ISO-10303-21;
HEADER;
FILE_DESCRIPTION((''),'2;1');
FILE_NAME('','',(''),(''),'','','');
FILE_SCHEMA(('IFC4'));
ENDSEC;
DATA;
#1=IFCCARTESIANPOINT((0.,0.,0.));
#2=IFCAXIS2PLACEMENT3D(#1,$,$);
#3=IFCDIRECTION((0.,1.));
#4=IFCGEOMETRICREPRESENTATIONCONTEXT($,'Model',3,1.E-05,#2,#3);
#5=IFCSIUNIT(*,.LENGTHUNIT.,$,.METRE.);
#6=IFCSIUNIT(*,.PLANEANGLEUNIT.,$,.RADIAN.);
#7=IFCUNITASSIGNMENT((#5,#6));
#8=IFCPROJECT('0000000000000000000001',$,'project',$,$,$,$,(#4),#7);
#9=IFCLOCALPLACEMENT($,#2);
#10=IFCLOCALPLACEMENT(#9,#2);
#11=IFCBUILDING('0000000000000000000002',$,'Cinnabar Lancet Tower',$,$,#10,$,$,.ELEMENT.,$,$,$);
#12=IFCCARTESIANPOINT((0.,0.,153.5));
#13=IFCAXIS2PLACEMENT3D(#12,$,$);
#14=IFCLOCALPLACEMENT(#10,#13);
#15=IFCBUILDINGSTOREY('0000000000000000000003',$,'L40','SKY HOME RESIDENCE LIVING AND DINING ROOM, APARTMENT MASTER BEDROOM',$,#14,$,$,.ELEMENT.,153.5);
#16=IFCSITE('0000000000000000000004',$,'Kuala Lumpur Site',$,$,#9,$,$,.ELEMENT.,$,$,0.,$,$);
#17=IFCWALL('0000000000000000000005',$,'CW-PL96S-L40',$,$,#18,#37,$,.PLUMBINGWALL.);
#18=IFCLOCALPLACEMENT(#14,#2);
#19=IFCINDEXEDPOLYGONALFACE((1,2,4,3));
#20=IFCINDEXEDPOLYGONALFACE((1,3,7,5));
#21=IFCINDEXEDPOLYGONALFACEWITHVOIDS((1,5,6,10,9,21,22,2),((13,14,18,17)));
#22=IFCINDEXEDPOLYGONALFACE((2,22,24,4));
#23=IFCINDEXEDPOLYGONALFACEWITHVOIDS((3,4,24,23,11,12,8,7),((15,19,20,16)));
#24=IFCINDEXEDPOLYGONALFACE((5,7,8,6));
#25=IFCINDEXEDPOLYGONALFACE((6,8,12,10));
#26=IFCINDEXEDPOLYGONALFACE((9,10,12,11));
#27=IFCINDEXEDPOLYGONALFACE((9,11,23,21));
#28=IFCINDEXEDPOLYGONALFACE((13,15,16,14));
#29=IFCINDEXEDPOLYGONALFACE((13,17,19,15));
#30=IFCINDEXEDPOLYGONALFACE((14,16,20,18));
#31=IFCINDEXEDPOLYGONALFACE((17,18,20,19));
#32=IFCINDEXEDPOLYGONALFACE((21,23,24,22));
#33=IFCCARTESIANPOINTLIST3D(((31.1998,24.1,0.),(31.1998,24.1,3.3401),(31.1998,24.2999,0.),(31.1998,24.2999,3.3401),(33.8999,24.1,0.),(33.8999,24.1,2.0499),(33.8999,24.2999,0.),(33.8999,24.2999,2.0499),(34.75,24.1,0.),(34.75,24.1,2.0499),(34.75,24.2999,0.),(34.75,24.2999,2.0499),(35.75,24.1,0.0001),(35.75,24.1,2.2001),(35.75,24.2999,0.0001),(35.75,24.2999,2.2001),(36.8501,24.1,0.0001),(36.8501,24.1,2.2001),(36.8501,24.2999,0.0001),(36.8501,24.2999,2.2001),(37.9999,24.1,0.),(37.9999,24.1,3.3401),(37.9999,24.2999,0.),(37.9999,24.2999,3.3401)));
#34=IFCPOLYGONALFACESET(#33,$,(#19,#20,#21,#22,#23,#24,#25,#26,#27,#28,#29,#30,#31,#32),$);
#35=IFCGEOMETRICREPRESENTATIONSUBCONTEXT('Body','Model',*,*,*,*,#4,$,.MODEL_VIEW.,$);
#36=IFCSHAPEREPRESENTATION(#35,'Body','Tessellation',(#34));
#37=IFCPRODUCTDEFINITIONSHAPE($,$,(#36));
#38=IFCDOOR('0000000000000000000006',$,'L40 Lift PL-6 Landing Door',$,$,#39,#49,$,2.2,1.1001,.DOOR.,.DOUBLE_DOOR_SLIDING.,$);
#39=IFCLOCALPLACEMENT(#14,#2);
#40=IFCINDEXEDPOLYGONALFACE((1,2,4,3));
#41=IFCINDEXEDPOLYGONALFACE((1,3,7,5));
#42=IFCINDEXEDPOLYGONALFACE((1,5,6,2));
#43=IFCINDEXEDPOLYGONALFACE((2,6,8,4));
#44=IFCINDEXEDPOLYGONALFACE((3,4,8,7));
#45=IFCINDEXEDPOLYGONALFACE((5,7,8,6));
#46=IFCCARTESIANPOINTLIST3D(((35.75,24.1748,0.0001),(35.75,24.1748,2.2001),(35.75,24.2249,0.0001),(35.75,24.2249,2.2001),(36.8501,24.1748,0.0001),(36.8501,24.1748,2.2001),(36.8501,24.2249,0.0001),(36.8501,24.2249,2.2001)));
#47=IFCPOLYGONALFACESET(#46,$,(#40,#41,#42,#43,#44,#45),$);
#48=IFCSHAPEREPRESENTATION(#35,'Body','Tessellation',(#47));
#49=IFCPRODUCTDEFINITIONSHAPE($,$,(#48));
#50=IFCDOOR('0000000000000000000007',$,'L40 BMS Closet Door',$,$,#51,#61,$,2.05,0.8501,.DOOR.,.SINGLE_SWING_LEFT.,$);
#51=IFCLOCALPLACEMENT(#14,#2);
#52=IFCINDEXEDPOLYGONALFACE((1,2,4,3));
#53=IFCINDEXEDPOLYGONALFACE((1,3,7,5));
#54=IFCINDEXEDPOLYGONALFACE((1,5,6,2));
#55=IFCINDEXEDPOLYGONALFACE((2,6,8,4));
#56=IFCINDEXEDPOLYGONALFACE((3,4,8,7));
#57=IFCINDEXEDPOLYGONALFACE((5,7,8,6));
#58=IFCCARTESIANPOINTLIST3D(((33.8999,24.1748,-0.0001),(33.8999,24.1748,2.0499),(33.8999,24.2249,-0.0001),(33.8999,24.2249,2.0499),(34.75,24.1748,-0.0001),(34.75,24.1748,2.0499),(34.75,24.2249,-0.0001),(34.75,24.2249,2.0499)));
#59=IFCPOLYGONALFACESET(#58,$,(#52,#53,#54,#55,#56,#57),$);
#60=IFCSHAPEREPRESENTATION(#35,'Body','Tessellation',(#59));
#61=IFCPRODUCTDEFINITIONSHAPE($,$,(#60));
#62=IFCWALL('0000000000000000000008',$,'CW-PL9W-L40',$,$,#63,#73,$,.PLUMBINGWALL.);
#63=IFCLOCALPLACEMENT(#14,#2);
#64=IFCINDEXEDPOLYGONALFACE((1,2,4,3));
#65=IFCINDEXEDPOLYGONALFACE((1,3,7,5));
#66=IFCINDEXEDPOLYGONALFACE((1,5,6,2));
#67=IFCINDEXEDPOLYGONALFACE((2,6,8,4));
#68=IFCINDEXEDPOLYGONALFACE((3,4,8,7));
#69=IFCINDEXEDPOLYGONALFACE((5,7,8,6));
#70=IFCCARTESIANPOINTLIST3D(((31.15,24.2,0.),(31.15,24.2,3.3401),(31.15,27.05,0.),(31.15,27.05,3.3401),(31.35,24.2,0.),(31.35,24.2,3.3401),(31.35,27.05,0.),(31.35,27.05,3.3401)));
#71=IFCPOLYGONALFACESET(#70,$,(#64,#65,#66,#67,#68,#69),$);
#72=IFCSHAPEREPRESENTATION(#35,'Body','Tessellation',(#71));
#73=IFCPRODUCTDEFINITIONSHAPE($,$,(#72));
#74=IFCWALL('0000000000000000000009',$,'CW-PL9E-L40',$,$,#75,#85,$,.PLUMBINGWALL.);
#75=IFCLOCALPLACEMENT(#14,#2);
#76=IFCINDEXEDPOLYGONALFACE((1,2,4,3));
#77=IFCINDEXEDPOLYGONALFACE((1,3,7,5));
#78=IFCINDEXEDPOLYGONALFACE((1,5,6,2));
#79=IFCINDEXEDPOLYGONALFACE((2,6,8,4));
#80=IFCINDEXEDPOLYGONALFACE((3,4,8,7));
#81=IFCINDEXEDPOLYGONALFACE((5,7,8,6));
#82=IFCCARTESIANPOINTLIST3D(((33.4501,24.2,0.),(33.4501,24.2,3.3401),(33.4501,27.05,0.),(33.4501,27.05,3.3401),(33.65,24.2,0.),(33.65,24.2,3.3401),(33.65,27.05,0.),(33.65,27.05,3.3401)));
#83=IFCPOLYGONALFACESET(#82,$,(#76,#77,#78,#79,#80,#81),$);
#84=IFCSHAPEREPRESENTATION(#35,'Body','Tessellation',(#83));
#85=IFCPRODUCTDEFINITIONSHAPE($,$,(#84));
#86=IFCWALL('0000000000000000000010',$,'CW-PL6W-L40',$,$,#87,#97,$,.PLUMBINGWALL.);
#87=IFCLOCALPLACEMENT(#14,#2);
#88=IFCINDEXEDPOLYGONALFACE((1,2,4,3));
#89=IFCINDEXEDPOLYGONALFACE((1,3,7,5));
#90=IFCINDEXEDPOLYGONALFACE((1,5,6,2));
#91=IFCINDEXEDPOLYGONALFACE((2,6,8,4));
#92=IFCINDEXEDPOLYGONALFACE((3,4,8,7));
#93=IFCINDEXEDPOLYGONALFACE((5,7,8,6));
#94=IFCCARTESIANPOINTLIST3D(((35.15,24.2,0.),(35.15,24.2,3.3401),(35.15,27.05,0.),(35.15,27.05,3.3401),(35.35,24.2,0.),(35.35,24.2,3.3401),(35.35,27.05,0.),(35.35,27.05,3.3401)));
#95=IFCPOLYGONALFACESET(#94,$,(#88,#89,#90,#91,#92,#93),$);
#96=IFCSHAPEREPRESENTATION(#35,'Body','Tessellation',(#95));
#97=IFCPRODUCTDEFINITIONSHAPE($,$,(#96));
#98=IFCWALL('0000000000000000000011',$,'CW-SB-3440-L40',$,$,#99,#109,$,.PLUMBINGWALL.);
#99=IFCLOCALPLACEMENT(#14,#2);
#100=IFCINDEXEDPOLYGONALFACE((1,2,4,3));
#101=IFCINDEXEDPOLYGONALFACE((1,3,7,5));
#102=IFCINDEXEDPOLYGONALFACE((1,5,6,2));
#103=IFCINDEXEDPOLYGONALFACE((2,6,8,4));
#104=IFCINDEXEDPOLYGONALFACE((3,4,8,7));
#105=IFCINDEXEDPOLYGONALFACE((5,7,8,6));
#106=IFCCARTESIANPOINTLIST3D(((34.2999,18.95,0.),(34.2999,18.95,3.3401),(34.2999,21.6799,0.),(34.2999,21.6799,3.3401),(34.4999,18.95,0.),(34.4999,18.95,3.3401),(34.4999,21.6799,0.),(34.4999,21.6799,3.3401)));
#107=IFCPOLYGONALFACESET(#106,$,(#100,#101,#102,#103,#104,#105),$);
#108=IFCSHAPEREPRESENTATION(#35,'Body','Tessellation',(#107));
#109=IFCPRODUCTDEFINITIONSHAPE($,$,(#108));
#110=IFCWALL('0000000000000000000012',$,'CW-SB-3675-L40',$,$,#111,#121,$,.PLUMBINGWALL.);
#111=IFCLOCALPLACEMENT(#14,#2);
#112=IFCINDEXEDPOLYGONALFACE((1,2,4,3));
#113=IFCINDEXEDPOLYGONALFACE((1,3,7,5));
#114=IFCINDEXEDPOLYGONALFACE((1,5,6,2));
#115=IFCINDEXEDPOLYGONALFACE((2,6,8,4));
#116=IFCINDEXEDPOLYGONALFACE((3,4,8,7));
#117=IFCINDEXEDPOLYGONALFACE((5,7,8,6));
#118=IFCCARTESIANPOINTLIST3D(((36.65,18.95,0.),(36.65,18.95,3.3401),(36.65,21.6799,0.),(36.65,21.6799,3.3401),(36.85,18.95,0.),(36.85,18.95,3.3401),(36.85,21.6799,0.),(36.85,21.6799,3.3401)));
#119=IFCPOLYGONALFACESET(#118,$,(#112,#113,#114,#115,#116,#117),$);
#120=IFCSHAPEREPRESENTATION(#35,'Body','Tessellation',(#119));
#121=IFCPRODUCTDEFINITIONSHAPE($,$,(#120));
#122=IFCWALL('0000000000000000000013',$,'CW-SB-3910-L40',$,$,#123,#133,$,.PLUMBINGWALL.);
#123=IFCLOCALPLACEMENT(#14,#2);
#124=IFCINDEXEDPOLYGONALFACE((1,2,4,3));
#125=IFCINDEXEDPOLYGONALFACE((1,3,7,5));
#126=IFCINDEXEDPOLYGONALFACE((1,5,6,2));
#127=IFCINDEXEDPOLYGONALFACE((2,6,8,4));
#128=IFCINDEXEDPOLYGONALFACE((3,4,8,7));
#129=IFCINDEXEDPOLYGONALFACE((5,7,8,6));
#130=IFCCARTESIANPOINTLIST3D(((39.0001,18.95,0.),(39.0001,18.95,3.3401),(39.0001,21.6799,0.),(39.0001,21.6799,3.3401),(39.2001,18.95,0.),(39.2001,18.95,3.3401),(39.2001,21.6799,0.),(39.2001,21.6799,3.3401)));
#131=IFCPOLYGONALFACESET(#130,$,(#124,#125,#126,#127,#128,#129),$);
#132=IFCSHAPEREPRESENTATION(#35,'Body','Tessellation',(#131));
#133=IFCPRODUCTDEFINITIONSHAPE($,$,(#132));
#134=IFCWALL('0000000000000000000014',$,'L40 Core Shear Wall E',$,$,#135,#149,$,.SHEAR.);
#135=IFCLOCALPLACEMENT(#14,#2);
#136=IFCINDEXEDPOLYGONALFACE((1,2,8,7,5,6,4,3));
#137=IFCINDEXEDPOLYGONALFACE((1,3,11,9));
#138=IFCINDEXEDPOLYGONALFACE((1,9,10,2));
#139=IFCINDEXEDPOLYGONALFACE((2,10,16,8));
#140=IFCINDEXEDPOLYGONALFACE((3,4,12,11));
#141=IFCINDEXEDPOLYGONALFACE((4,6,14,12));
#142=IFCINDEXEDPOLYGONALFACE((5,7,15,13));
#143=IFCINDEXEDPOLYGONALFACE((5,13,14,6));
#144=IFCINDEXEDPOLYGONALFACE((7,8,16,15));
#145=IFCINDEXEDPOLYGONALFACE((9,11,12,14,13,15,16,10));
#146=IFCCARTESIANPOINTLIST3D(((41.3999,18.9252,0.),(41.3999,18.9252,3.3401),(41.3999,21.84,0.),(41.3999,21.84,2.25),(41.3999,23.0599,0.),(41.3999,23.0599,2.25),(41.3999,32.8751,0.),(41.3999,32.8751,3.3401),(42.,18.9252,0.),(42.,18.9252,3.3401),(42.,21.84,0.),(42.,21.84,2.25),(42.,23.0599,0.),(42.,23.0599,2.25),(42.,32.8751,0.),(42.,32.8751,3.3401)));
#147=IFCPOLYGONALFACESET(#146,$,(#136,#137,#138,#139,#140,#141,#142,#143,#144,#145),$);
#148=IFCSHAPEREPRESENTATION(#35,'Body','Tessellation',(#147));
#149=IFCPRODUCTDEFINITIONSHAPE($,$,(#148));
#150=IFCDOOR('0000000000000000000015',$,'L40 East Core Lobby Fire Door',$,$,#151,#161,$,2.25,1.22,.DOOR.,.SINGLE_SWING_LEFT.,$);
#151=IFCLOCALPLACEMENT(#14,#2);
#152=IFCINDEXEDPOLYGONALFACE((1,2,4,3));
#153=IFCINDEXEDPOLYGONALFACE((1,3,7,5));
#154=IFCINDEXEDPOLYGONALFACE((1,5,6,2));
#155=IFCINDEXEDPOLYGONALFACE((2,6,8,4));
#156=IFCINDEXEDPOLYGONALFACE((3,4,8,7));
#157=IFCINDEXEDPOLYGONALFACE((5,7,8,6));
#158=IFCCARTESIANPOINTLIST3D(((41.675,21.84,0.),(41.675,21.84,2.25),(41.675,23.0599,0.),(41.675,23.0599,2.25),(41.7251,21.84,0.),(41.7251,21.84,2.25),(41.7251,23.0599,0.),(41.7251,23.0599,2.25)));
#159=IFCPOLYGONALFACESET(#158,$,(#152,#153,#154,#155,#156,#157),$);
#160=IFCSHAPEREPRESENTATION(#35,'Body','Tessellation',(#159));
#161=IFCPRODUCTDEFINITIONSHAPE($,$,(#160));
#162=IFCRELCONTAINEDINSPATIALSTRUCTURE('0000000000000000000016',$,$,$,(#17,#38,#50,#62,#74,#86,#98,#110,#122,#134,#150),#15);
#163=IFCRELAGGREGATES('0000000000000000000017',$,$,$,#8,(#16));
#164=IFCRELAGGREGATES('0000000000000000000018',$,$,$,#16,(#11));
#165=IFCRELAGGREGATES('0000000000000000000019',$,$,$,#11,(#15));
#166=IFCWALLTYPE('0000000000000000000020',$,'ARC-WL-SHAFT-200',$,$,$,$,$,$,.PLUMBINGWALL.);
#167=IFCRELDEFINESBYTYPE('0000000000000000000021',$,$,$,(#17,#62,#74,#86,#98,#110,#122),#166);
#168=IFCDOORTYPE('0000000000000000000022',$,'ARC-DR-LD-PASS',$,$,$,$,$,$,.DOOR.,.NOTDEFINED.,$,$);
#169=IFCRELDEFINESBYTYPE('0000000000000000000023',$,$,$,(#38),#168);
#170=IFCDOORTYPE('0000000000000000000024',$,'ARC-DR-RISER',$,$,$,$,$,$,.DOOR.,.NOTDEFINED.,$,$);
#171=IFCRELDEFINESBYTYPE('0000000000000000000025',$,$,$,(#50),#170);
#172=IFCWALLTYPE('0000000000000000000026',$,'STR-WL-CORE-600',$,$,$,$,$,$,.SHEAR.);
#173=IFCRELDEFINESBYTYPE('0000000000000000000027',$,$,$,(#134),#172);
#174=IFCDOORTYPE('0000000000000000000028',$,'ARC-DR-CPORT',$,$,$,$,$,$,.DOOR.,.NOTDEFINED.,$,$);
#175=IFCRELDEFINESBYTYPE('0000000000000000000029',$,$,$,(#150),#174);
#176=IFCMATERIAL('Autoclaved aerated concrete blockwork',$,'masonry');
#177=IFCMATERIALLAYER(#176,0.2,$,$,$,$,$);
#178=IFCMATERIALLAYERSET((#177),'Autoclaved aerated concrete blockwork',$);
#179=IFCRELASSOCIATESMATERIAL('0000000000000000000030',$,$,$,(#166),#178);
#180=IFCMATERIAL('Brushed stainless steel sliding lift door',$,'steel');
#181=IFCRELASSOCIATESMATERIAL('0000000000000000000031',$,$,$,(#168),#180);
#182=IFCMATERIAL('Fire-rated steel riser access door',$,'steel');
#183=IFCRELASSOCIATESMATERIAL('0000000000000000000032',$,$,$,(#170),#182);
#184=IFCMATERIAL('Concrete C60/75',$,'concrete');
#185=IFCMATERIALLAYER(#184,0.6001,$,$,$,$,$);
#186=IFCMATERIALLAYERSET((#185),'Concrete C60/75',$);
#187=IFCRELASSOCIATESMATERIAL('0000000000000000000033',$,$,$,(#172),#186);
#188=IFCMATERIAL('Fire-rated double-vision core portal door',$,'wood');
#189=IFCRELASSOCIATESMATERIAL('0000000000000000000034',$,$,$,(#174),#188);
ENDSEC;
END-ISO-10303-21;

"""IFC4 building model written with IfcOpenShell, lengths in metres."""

from ifc_helpers import new_model, si_unit, direction, frame, frame_2d, origin, place, context, subcontext, project, spatial, rectangle, extrude, material, layer, layer_set, type_object, element, fill, save


model = new_model("IFC4")

# Units and contexts
model_context = context("Model", 3, precision=1e-05, world=origin(), true_north=direction((0.0, 1.0)))
body_context = subcontext(model_context, "Body", "Model", "MODEL_VIEW")
ifc_project = project(units=[si_unit("LENGTHUNIT", "METRE"), si_unit("PLANEANGLEUNIT", "RADIAN")], contexts=[model_context])

# Site, building, storey
site_placement = place(None, origin())
site = spatial("IfcSite", under=ifc_project, at=site_placement, Name="Kuala Lumpur Site", CompositionType="ELEMENT", RefElevation=0.0)
building_placement = place(site_placement, origin())
building = spatial("IfcBuilding", under=site, at=building_placement, Name="Cinnabar Lancet Tower", CompositionType="ELEMENT")
storey_placement = place(building_placement, frame((0.0, 0.0, 153.5)))
storey = spatial("IfcBuildingStorey", under=building, at=storey_placement, Name="L40", Description="SKY HOME RESIDENCE LIVING AND DINING ROOM, APARTMENT MASTER BEDROOM", CompositionType="ELEMENT", Elevation=153.5)

# Shared definitions
ifc_material_1 = material(Name="Autoclaved aerated concrete blockwork", Category="masonry")
ifc_layer_1 = layer(ifc_material_1, 0.2)
ifc_layer_set_1 = layer_set([ifc_layer_1], Name="Autoclaved aerated concrete blockwork")
wall_type_1 = type_object("IfcWallType", Name="ARC-WL-SHAFT-200", PredefinedType="PLUMBINGWALL", material=ifc_layer_set_1)

# Wall, openings, doors
wall_1_placement = place(storey_placement, frame((31.2, 24.2, 0.0), z_axis=(0.0, 0.0, 1.0), x_axis=(1.0, 0.0, 0.0)))
wall_1 = element("IfcWall", 1, at=wall_1_placement, inside=storey, type_object=wall_type_1, Name="CW-PL96S-L40", PredefinedType="PLUMBINGWALL", context=body_context, shape_type="SweptSolid", body=[
    extrude(rectangle(XDim=6.8, YDim=0.2, at=frame_2d((3.3999, 0.0))), origin(), (0.0, 0.0, 1.0), 3.3401),
])
opening_1_placement = place(wall_1_placement, frame((2.7, 0.0, 0.0)))
opening_1 = element("IfcOpeningElement", 2, at=opening_1_placement, cuts=wall_1, PredefinedType="OPENING", context=body_context, shape_type="SweptSolid", body=[
    extrude(rectangle(XDim=0.8501, YDim=2.05, at=frame_2d((0.425, 1.0249))), frame((0.0, 0.1099, 0.0), z_axis=(0.0, -1.0, 0.0), x_axis=(1.0, 0.0, 0.0)), (0.0, 0.0, 1.0), 0.22),
])
opening_2_placement = place(wall_1_placement, frame((4.55, 0.0, 0.0)))
opening_2 = element("IfcOpeningElement", 3, at=opening_2_placement, cuts=wall_1, PredefinedType="OPENING", context=body_context, shape_type="SweptSolid", body=[
    extrude(rectangle(XDim=1.1001, YDim=2.2, at=frame_2d((0.55, 1.1001))), frame((0.0, 0.1099, 0.0), z_axis=(0.0, -1.0, 0.0), x_axis=(1.0, 0.0, 0.0)), (0.0, 0.0, 1.0), 0.22),
])
ifc_material_2 = material(Name="Brushed stainless steel sliding lift door", Category="steel")
door_type_1 = type_object("IfcDoorType", Name="ARC-DR-LD-PASS", OperationType="NOTDEFINED", PredefinedType="DOOR", material=ifc_material_2)
door_1_placement = place(opening_2_placement, origin())
door_1 = element("IfcDoor", 4, at=door_1_placement, inside=storey, type_object=door_type_1, Name="L40 Lift PL-6 Landing Door", OperationType="DOUBLE_DOOR_SLIDING", OverallHeight=2.2, OverallWidth=1.1001, PredefinedType="DOOR", context=body_context, shape_type="SweptSolid", body=[
    extrude(rectangle(XDim=1.1001, YDim=2.2, at=frame_2d((0.55, 1.1001))), frame((0.0, 0.0249, 0.0), z_axis=(0.0, -1.0, 0.0), x_axis=(1.0, 0.0, 0.0)), (0.0, 0.0, 1.0), 0.05),
])
fill(opening_2, door_1)
ifc_material_3 = material(Name="Fire-rated steel riser access door", Category="steel")
door_type_2 = type_object("IfcDoorType", Name="ARC-DR-RISER", OperationType="NOTDEFINED", PredefinedType="DOOR", material=ifc_material_3)
door_2_placement = place(opening_1_placement, origin())
door_2 = element("IfcDoor", 5, at=door_2_placement, inside=storey, type_object=door_type_2, Name="L40 BMS Closet Door", OperationType="SINGLE_SWING_LEFT", OverallHeight=2.05, OverallWidth=0.8501, PredefinedType="DOOR", context=body_context, shape_type="SweptSolid", body=[
    extrude(rectangle(XDim=0.8501, YDim=2.05, at=frame_2d((0.425, 1.0249))), frame((0.0, 0.0249, 0.0), z_axis=(0.0, -1.0, 0.0), x_axis=(1.0, 0.0, 0.0)), (0.0, 0.0, 1.0), 0.05),
])
fill(opening_1, door_2)

# Walls
for number, where, z_axis, x_axis, name in (
    (6, (31.25, 24.2, 0.0), (0.0, 0.0, 1.0), (0.0, 1.0, 0.0), "CW-PL9W-L40"),
    (7, (33.55, 24.2, 0.0), (0.0, 0.0, 1.0), (0.0, 1.0, 0.0), "CW-PL9E-L40"),
    (8, (35.25, 24.2, 0.0), (0.0, 0.0, 1.0), (0.0, 1.0, 0.0), "CW-PL6W-L40"),
):
    element("IfcWall", number, at=place(storey_placement, frame(where, z_axis=z_axis, x_axis=x_axis)), inside=storey, type_object=wall_type_1, Name=name, PredefinedType="PLUMBINGWALL", context=body_context, shape_type="SweptSolid", body=[
        extrude(rectangle(XDim=2.8501, YDim=0.2, at=frame_2d((1.425, 0.0))), origin(), (0.0, 0.0, 1.0), 3.3401),
    ])
for number, where, z_axis, x_axis, name in (
    (9, (34.3999, 18.95, 0.0), (0.0, 0.0, 1.0), (0.0, 1.0, 0.0), "CW-SB-3440-L40"),
    (10, (36.75, 18.95, 0.0), (0.0, 0.0, 1.0), (0.0, 1.0, 0.0), "CW-SB-3675-L40"),
    (11, (39.1001, 18.95, 0.0), (0.0, 0.0, 1.0), (0.0, 1.0, 0.0), "CW-SB-3910-L40"),
):
    element("IfcWall", number, at=place(storey_placement, frame(where, z_axis=z_axis, x_axis=x_axis)), inside=storey, type_object=wall_type_1, Name=name, PredefinedType="PLUMBINGWALL", context=body_context, shape_type="SweptSolid", body=[
        extrude(rectangle(XDim=2.73, YDim=0.2, at=frame_2d((1.365, 0.0))), origin(), (0.0, 0.0, 1.0), 3.3401),
    ])

# Wall, opening, door
ifc_material_4 = material(Name="Concrete C60/75", Category="concrete")
ifc_layer_2 = layer(ifc_material_4, 0.6001)
ifc_layer_set_2 = layer_set([ifc_layer_2], Name="Concrete C60/75")
wall_type_2 = type_object("IfcWallType", Name="STR-WL-CORE-600", PredefinedType="SHEAR", material=ifc_layer_set_2)
wall_2_placement = place(storey_placement, frame((41.7, 18.925, 0.0), z_axis=(0.0, 0.0, 1.0), x_axis=(0.0, 1.0, 0.0)))
wall_2 = element("IfcWall", 12, at=wall_2_placement, inside=storey, type_object=wall_type_2, Name="L40 Core Shear Wall E", PredefinedType="SHEAR", context=body_context, shape_type="SweptSolid", body=[
    extrude(rectangle(XDim=13.95, YDim=0.6001, at=frame_2d((6.9751, 0.0))), origin(), (0.0, 0.0, 1.0), 3.3401),
])
opening_3_placement = place(wall_2_placement, frame((2.915, 0.0, 0.0)))
opening_3 = element("IfcOpeningElement", 13, at=opening_3_placement, cuts=wall_2, PredefinedType="OPENING", context=body_context, shape_type="SweptSolid", body=[
    extrude(rectangle(XDim=1.22, YDim=2.25, at=frame_2d((0.6099, 1.125))), frame((0.0, 0.3101, 0.0), z_axis=(0.0, -1.0, 0.0), x_axis=(1.0, 0.0, 0.0)), (0.0, 0.0, 1.0), 0.6201),
])
ifc_material_5 = material(Name="Fire-rated double-vision core portal door", Category="wood")
door_type_3 = type_object("IfcDoorType", Name="ARC-DR-CPORT", OperationType="NOTDEFINED", PredefinedType="DOOR", material=ifc_material_5)
door_3_placement = place(opening_3_placement, origin())
door_3 = element("IfcDoor", 14, at=door_3_placement, inside=storey, type_object=door_type_3, Name="L40 East Core Lobby Fire Door", OperationType="SINGLE_SWING_LEFT", OverallHeight=2.25, OverallWidth=1.22, PredefinedType="DOOR", context=body_context, shape_type="SweptSolid", body=[
    extrude(rectangle(XDim=1.22, YDim=2.25, at=frame_2d((0.6099, 1.125))), frame((0.0, 0.0249, 0.0), z_axis=(0.0, -1.0, 0.0), x_axis=(1.0, 0.0, 0.0)), (0.0, 0.0, 1.0), 0.05),
])
fill(opening_3, door_3)

save(model, "model.ifc")
